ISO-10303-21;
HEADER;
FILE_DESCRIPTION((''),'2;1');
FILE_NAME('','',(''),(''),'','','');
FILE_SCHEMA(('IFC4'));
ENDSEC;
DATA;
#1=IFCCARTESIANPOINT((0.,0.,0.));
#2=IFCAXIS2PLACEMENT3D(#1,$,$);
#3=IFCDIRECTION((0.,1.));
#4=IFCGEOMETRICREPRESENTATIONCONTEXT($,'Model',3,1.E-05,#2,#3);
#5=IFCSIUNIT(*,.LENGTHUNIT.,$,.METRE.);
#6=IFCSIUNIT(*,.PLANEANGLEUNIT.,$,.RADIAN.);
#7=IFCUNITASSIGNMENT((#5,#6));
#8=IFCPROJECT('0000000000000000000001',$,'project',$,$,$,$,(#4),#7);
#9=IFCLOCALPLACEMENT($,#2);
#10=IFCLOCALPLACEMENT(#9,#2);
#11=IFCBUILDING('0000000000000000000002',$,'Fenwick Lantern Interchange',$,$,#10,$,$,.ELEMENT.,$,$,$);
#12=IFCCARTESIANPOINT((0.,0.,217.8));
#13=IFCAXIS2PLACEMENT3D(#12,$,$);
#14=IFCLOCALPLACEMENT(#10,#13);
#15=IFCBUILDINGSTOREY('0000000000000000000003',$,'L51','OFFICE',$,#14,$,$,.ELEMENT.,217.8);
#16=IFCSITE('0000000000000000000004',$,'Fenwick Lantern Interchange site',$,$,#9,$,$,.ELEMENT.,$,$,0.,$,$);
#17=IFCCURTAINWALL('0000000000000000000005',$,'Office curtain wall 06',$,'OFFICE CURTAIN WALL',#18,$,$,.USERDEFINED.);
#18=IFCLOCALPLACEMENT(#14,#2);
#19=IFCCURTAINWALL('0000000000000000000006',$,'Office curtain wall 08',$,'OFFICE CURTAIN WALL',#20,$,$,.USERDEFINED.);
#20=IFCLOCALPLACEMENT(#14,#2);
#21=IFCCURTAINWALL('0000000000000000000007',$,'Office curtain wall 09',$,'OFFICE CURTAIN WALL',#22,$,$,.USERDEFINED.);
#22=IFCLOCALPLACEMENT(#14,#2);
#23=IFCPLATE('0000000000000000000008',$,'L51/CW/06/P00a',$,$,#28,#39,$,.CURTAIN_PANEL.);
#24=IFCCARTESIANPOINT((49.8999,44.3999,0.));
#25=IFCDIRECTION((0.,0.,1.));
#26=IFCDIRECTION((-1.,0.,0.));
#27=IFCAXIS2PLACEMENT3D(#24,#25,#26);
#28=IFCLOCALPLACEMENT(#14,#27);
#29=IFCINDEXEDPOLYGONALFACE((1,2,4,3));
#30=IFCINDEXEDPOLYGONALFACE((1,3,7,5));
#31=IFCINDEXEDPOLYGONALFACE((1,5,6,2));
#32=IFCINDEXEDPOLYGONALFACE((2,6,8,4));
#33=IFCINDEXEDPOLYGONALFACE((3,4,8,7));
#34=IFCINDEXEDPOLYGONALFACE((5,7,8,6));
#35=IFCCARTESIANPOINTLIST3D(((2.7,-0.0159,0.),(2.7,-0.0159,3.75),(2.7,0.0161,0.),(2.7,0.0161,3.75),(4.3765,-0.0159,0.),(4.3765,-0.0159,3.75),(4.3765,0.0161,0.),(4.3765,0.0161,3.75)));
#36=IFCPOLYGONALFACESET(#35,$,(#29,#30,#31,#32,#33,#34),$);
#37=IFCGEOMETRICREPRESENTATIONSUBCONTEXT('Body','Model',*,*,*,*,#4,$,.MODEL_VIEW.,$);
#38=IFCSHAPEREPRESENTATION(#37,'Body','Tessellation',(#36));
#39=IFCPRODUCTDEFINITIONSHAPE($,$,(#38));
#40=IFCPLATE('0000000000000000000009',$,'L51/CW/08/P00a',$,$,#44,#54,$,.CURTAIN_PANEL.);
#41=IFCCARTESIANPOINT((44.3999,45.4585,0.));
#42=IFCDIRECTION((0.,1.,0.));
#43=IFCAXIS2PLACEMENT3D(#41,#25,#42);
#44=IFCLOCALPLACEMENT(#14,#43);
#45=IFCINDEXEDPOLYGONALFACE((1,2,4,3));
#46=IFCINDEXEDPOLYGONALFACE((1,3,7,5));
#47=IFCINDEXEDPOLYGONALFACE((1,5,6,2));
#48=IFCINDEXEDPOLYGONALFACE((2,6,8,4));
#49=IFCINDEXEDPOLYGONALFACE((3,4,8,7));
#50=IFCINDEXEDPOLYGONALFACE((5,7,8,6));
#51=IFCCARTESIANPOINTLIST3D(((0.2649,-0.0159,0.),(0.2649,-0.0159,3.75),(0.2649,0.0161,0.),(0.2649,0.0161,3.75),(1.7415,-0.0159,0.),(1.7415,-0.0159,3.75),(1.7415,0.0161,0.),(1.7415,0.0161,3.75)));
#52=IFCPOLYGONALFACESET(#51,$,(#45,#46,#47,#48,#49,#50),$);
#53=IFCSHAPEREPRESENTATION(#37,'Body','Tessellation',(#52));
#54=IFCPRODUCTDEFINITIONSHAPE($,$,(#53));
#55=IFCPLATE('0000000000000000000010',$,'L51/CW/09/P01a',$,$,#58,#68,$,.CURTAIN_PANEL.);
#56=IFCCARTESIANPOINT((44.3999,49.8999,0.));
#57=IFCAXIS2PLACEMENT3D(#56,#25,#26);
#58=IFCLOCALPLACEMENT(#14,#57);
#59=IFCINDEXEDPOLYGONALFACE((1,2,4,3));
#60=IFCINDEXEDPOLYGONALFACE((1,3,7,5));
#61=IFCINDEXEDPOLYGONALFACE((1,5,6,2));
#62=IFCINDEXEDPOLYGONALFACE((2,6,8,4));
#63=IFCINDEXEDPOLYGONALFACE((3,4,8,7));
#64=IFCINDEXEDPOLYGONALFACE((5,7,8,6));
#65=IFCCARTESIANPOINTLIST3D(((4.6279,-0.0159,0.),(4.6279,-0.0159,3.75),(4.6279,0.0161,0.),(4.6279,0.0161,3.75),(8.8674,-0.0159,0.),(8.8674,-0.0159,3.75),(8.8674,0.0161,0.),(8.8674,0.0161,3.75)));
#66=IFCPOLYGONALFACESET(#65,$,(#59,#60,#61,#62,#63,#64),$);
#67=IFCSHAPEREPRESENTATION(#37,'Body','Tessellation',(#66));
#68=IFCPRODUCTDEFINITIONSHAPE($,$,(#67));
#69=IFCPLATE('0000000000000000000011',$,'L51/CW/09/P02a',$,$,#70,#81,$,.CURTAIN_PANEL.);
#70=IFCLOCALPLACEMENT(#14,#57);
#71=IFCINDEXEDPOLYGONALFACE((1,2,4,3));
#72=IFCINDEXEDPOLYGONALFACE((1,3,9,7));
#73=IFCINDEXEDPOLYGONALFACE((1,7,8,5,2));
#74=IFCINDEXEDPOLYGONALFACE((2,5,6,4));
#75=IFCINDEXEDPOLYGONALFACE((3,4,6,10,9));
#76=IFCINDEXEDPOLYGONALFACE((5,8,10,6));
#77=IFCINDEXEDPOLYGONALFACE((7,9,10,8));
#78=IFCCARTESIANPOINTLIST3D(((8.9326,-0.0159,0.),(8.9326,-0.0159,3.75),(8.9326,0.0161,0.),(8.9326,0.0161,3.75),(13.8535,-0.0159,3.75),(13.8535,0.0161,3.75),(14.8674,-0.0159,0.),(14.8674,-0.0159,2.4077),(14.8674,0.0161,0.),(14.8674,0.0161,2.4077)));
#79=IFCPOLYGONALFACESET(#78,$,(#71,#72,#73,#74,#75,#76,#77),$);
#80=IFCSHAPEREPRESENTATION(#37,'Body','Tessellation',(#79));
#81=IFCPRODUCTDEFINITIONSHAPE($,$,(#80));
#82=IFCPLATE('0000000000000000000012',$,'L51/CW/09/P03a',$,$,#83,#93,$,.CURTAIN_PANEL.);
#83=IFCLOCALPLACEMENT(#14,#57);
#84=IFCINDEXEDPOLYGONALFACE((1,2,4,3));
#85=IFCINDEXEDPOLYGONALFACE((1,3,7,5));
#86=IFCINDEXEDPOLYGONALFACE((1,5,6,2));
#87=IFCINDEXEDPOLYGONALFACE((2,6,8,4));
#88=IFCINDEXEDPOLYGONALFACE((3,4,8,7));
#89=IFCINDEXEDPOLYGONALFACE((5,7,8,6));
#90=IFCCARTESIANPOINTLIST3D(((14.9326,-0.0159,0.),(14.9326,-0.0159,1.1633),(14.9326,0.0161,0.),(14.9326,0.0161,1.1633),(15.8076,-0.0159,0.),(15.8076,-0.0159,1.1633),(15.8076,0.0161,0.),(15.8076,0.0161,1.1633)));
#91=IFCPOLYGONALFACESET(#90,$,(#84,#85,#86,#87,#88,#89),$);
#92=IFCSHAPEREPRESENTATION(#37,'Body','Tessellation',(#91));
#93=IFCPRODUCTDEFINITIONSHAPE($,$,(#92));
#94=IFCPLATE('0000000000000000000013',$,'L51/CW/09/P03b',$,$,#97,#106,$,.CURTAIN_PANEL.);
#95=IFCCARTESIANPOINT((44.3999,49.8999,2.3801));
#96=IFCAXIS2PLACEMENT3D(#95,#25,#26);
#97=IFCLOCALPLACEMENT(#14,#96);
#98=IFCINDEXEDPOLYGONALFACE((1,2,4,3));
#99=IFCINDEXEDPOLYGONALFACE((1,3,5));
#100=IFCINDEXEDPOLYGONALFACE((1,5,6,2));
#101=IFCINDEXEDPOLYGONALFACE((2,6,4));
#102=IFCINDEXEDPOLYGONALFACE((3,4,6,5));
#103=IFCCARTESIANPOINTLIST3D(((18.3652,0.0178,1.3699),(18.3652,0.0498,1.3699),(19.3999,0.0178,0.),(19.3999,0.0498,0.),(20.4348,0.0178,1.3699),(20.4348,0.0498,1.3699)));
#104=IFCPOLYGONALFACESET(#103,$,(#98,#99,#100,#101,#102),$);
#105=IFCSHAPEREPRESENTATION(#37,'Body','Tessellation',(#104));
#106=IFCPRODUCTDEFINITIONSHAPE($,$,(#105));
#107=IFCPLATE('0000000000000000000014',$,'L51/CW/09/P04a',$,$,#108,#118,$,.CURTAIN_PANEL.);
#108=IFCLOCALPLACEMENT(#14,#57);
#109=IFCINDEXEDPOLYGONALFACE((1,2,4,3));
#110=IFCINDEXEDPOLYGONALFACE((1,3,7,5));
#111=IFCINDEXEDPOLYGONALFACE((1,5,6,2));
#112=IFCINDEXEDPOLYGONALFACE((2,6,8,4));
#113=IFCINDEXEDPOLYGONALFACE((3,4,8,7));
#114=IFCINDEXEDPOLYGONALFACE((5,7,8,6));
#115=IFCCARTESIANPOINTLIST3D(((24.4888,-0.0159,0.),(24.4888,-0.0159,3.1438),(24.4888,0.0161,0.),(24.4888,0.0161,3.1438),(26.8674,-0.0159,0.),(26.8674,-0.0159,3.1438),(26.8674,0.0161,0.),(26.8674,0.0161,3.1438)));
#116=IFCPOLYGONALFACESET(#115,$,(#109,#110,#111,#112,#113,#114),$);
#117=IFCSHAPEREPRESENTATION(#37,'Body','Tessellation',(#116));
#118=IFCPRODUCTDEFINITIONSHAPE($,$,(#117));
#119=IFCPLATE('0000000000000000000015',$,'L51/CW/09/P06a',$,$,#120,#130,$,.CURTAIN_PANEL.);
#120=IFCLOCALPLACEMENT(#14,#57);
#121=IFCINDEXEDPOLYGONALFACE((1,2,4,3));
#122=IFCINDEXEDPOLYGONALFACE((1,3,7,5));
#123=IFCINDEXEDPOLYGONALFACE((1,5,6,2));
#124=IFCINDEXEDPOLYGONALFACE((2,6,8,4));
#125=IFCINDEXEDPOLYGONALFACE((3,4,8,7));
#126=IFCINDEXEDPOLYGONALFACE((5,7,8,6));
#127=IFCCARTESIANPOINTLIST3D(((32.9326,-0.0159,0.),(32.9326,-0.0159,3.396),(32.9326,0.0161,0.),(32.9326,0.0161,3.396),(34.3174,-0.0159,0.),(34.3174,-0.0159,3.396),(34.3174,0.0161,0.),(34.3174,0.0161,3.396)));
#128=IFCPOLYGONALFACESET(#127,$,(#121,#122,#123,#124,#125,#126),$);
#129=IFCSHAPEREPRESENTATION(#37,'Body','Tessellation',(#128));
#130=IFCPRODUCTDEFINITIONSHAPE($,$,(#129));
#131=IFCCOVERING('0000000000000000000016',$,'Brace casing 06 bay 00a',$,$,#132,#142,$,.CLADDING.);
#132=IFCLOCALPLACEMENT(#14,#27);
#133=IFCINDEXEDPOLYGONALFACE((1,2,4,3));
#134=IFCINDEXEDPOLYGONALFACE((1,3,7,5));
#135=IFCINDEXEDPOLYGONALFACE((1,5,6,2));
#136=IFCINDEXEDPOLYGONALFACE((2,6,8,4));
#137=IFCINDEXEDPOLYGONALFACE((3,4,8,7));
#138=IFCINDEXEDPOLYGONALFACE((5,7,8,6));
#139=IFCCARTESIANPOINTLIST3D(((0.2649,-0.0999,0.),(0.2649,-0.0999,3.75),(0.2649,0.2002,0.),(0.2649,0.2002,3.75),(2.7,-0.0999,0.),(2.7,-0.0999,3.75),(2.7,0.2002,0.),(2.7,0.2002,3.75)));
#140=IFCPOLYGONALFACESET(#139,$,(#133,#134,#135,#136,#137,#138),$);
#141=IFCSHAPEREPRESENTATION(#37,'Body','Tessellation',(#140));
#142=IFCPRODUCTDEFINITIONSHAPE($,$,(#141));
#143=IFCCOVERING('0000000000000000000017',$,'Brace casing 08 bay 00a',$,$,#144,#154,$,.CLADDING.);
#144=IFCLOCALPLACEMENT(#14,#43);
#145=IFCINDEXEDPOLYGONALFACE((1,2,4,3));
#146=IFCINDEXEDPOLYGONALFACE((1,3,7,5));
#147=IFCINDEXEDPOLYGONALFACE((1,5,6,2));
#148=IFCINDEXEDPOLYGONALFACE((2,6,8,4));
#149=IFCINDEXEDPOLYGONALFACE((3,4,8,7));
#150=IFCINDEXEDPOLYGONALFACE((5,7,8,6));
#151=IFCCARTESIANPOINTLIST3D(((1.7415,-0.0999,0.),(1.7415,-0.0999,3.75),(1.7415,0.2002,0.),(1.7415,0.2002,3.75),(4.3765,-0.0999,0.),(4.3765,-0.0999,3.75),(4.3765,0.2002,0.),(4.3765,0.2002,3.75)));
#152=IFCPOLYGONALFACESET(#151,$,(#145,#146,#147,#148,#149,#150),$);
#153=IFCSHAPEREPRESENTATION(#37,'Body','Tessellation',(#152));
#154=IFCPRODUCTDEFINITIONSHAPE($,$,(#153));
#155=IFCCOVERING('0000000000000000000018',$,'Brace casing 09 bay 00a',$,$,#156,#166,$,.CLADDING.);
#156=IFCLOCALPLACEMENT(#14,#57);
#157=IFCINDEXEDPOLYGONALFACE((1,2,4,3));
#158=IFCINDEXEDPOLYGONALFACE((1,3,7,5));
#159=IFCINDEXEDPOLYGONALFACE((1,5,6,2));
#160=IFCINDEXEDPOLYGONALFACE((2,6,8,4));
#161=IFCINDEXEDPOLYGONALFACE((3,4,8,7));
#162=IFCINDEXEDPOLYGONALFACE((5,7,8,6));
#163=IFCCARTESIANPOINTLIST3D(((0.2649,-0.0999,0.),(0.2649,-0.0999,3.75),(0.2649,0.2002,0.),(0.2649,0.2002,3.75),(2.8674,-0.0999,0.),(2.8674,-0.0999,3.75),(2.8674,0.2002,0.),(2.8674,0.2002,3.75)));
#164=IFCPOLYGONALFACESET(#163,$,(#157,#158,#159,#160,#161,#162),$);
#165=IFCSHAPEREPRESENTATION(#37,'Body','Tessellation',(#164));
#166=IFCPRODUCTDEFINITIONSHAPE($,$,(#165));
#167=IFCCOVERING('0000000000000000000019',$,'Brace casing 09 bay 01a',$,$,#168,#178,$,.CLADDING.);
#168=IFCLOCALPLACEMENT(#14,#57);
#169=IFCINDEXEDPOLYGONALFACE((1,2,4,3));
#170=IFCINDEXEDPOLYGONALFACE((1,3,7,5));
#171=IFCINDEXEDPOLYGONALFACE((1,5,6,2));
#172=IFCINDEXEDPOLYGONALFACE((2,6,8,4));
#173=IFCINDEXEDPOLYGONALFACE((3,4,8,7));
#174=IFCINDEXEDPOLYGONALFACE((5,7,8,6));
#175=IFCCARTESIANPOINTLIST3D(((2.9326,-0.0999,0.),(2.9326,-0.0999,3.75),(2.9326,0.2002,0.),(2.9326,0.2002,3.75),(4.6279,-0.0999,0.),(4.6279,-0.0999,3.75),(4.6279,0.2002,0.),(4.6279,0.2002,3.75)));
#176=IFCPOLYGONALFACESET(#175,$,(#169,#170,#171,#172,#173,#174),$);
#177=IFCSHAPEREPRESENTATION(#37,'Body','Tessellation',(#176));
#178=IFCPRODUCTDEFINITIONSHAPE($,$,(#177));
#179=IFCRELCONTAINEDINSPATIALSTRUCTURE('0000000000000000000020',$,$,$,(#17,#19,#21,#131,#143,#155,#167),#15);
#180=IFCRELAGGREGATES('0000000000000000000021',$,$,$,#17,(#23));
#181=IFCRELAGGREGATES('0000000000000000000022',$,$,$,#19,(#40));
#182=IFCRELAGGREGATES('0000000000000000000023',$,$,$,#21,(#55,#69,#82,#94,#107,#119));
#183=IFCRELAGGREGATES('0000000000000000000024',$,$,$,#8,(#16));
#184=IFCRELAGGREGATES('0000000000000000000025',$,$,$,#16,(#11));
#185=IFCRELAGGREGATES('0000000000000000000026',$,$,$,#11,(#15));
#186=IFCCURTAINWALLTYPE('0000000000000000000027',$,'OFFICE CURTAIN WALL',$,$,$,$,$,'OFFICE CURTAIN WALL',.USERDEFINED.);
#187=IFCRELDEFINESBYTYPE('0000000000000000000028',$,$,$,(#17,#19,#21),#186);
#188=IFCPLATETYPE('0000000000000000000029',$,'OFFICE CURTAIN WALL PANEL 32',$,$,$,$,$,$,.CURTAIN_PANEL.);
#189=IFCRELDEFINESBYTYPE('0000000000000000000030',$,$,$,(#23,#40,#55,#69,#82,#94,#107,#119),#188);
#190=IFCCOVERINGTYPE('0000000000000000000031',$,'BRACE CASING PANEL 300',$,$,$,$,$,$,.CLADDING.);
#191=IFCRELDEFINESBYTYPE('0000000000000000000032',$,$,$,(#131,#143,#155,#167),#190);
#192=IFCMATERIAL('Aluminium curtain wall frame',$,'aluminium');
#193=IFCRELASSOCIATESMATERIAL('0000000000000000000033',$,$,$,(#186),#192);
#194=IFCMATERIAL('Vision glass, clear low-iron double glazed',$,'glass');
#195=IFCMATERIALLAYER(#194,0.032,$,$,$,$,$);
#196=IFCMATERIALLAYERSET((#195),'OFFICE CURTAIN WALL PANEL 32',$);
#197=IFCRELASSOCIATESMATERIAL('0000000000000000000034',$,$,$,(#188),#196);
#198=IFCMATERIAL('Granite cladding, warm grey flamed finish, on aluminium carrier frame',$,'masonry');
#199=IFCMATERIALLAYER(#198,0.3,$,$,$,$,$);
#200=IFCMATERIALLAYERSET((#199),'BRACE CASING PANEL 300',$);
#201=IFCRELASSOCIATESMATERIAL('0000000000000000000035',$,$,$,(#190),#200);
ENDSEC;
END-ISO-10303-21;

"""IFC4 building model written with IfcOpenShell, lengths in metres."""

from ifc_helpers import new_model, si_unit, direction, frame, origin, place, context, subcontext, project, spatial, polyline, outline, extrude, material, layer, layer_set, type_object, element, aggregate, save


model = new_model("IFC4")

# Units and contexts
model_context = context("Model", 3, precision=1e-05, world=origin(), true_north=direction((0.0, 1.0)))
body_context = subcontext(model_context, "Body", "Model", "MODEL_VIEW")
ifc_project = project(units=[si_unit("LENGTHUNIT", "METRE"), si_unit("PLANEANGLEUNIT", "RADIAN")], contexts=[model_context])

# Site, building, storey
site_placement = place(None, origin())
site = spatial("IfcSite", under=ifc_project, at=site_placement, Name="Fenwick Lantern Interchange site", CompositionType="ELEMENT", RefElevation=0.0)
building_placement = place(site_placement, origin())
building = spatial("IfcBuilding", under=site, at=building_placement, Name="Fenwick Lantern Interchange", CompositionType="ELEMENT")
storey_placement = place(building_placement, frame((0.0, 0.0, 217.8)))
storey = spatial("IfcBuildingStorey", under=building, at=storey_placement, Name="L51", Description="OFFICE", CompositionType="ELEMENT", Elevation=217.8)

# Curtain walls
ifc_material_1 = material(Name="Aluminium curtain wall frame", Category="aluminium")
curtain_wall_type = type_object("IfcCurtainWallType", Name="OFFICE CURTAIN WALL", ElementType="OFFICE CURTAIN WALL", PredefinedType="USERDEFINED", material=ifc_material_1)
curtain_wall_1_placement = place(storey_placement, origin())
curtain_wall_1 = element("IfcCurtainWall", 1, at=curtain_wall_1_placement, inside=storey, type_object=curtain_wall_type, Name="Office curtain wall 06", ObjectType="OFFICE CURTAIN WALL", PredefinedType="USERDEFINED")
curtain_wall_2_placement = place(storey_placement, origin())
curtain_wall_2 = element("IfcCurtainWall", 2, at=curtain_wall_2_placement, inside=storey, type_object=curtain_wall_type, Name="Office curtain wall 08", ObjectType="OFFICE CURTAIN WALL", PredefinedType="USERDEFINED")

# Curtain wall
curtain_wall_3_placement = place(storey_placement, origin())
curtain_wall_3 = element("IfcCurtainWall", 3, at=curtain_wall_3_placement, inside=storey, type_object=curtain_wall_type, Name="Office curtain wall 09", ObjectType="OFFICE CURTAIN WALL", PredefinedType="USERDEFINED")

# Plates
ifc_material_2 = material(Name="Vision glass, clear low-iron double glazed", Category="glass")
ifc_layer_1 = layer(ifc_material_2, 0.032)
ifc_layer_set_1 = layer_set([ifc_layer_1], Name="OFFICE CURTAIN WALL PANEL 32")
plate_type = type_object("IfcPlateType", Name="OFFICE CURTAIN WALL PANEL 32", PredefinedType="CURTAIN_PANEL", material=ifc_layer_set_1)
plate_1_placement = place(storey_placement, frame((49.8999, 44.3999, 0.0), z_axis=(0.0, 0.0, 1.0), x_axis=(-1.0, 0.0, 0.0)))
plate_1 = element("IfcPlate", 4, at=plate_1_placement, type_object=plate_type, Name="L51/CW/06/P00a", PredefinedType="CURTAIN_PANEL", context=body_context, shape_type="SweptSolid", body=[
    extrude(outline(polyline([(2.7, 0.0), (4.3765, 0.0), (4.3765, 3.75), (2.7, 3.75), (2.7, 0.0)])), frame((0.0, 0.0161, 0.0), z_axis=(0.0, -1.0, 0.0), x_axis=(1.0, 0.0, 0.0)), (0.0, 0.0, 1.0), 0.032),
])
aggregate(curtain_wall_1, [plate_1])
plate_2_placement = place(storey_placement, frame((44.3999, 45.4585, 0.0), z_axis=(0.0, 0.0, 1.0), x_axis=(0.0, 1.0, 0.0)))
plate_2 = element("IfcPlate", 5, at=plate_2_placement, type_object=plate_type, Name="L51/CW/08/P00a", PredefinedType="CURTAIN_PANEL", context=body_context, shape_type="SweptSolid", body=[
    extrude(outline(polyline([(0.2649, 0.0), (1.7415, 0.0), (1.7415, 3.75), (0.2649, 3.75), (0.2649, 0.0)])), frame((0.0, 0.0161, 0.0), z_axis=(0.0, -1.0, 0.0), x_axis=(1.0, 0.0, 0.0)), (0.0, 0.0, 1.0), 0.032),
])
aggregate(curtain_wall_2, [plate_2])
plate_3_placement = place(storey_placement, frame((44.3999, 49.8999, 0.0), z_axis=(0.0, 0.0, 1.0), x_axis=(-1.0, 0.0, 0.0)))
plate_3 = element("IfcPlate", 6, at=plate_3_placement, type_object=plate_type, Name="L51/CW/09/P01a", PredefinedType="CURTAIN_PANEL", context=body_context, shape_type="SweptSolid", body=[
    extrude(outline(polyline([(4.6279, 0.0), (8.8674, 0.0), (8.8674, 3.75), (4.6279, 3.75), (4.6279, 0.0)])), frame((0.0, 0.0161, 0.0), z_axis=(0.0, -1.0, 0.0), x_axis=(1.0, 0.0, 0.0)), (0.0, 0.0, 1.0), 0.032),
])
plate_4_placement = place(storey_placement, frame((44.3999, 49.8999, 0.0), z_axis=(0.0, 0.0, 1.0), x_axis=(-1.0, 0.0, 0.0)))
plate_4 = element("IfcPlate", 7, at=plate_4_placement, type_object=plate_type, Name="L51/CW/09/P02a", PredefinedType="CURTAIN_PANEL", context=body_context, shape_type="SweptSolid", body=[
    extrude(outline(polyline([(8.9326, 0.0), (14.8674, 0.0), (14.8674, 2.4077), (13.8535, 3.75), (8.9326, 3.75), (8.9326, 0.0)])), frame((0.0, 0.0161, 0.0), z_axis=(0.0, -1.0, 0.0), x_axis=(1.0, 0.0, 0.0)), (0.0, 0.0, 1.0), 0.032),
])
plate_5_placement = place(storey_placement, frame((44.3999, 49.8999, 0.0), z_axis=(0.0, 0.0, 1.0), x_axis=(-1.0, 0.0, 0.0)))
plate_5 = element("IfcPlate", 8, at=plate_5_placement, type_object=plate_type, Name="L51/CW/09/P03a", PredefinedType="CURTAIN_PANEL", context=body_context, shape_type="SweptSolid", body=[
    extrude(outline(polyline([(14.9326, 0.0), (15.8076, 0.0), (15.8076, 1.1633), (14.9326, 1.1633), (14.9326, 0.0)])), frame((0.0, 0.0161, 0.0), z_axis=(0.0, -1.0, 0.0), x_axis=(1.0, 0.0, 0.0)), (0.0, 0.0, 1.0), 0.032),
])
plate_6_placement = place(storey_placement, frame((44.3999, 49.8999, 2.3801), z_axis=(0.0, 0.0, 1.0), x_axis=(-1.0, 0.0, 0.0)))
plate_6 = element("IfcPlate", 9, at=plate_6_placement, type_object=plate_type, Name="L51/CW/09/P03b", PredefinedType="CURTAIN_PANEL", context=body_context, shape_type="SweptSolid", body=[
    extrude(outline(polyline([(19.3999, 0.0), (20.4348, 1.3699), (18.3652, 1.3699), (19.3999, 0.0)])), frame((0.0, 0.0498, 0.0), z_axis=(0.0, -1.0, 0.0), x_axis=(1.0, 0.0, 0.0)), (0.0, 0.0, 1.0), 0.032),
])
plate_7_placement = place(storey_placement, frame((44.3999, 49.8999, 0.0), z_axis=(0.0, 0.0, 1.0), x_axis=(-1.0, 0.0, 0.0)))
plate_7 = element("IfcPlate", 10, at=plate_7_placement, type_object=plate_type, Name="L51/CW/09/P04a", PredefinedType="CURTAIN_PANEL", context=body_context, shape_type="SweptSolid", body=[
    extrude(outline(polyline([(24.4888, 0.0), (26.8674, 0.0), (26.8674, 3.1438), (24.4888, 3.1438), (24.4888, 0.0)])), frame((0.0, 0.0161, 0.0), z_axis=(0.0, -1.0, 0.0), x_axis=(1.0, 0.0, 0.0)), (0.0, 0.0, 1.0), 0.032),
])
plate_8_placement = place(storey_placement, frame((44.3999, 49.8999, 0.0), z_axis=(0.0, 0.0, 1.0), x_axis=(-1.0, 0.0, 0.0)))
plate_8 = element("IfcPlate", 11, at=plate_8_placement, type_object=plate_type, Name="L51/CW/09/P06a", PredefinedType="CURTAIN_PANEL", context=body_context, shape_type="SweptSolid", body=[
    extrude(outline(polyline([(32.9326, 0.0), (34.3174, 0.0), (34.3174, 3.396), (32.9326, 3.396), (32.9326, 0.0)])), frame((0.0, 0.0161, 0.0), z_axis=(0.0, -1.0, 0.0), x_axis=(1.0, 0.0, 0.0)), (0.0, 0.0, 1.0), 0.032),
])
aggregate(curtain_wall_3, [plate_3, plate_4, plate_5, plate_6, plate_7, plate_8])

# Coverings
ifc_material_3 = material(Name="Granite cladding, warm grey flamed finish, on aluminium carrier frame", Category="masonry")
ifc_layer_2 = layer(ifc_material_3, 0.3)
ifc_layer_set_2 = layer_set([ifc_layer_2], Name="BRACE CASING PANEL 300")
covering_type = type_object("IfcCoveringType", Name="BRACE CASING PANEL 300", PredefinedType="CLADDING", material=ifc_layer_set_2)
covering_1_placement = place(storey_placement, frame((49.8999, 44.3999, 0.0), z_axis=(0.0, 0.0, 1.0), x_axis=(-1.0, 0.0, 0.0)))
element("IfcCovering", 12, at=covering_1_placement, inside=storey, type_object=covering_type, Name="Brace casing 06 bay 00a", PredefinedType="CLADDING", context=body_context, shape_type="SweptSolid", body=[
    extrude(outline(polyline([(0.2649, 0.0), (2.7, 0.0), (2.7, 3.75), (0.2649, 3.75), (0.2649, 0.0)])), frame((0.0, 0.2002, 0.0), z_axis=(0.0, -1.0, 0.0), x_axis=(1.0, 0.0, 0.0)), (0.0, 0.0, 1.0), 0.3),
])
covering_2_placement = place(storey_placement, frame((44.3999, 45.4585, 0.0), z_axis=(0.0, 0.0, 1.0), x_axis=(0.0, 1.0, 0.0)))
element("IfcCovering", 13, at=covering_2_placement, inside=storey, type_object=covering_type, Name="Brace casing 08 bay 00a", PredefinedType="CLADDING", context=body_context, shape_type="SweptSolid", body=[
    extrude(outline(polyline([(1.7415, 0.0), (4.3765, 0.0), (4.3765, 3.75), (1.7415, 3.75), (1.7415, 0.0)])), frame((0.0, 0.2002, 0.0), z_axis=(0.0, -1.0, 0.0), x_axis=(1.0, 0.0, 0.0)), (0.0, 0.0, 1.0), 0.3),
])
covering_3_placement = place(storey_placement, frame((44.3999, 49.8999, 0.0), z_axis=(0.0, 0.0, 1.0), x_axis=(-1.0, 0.0, 0.0)))
element("IfcCovering", 14, at=covering_3_placement, inside=storey, type_object=covering_type, Name="Brace casing 09 bay 00a", PredefinedType="CLADDING", context=body_context, shape_type="SweptSolid", body=[
    extrude(outline(polyline([(0.2649, 0.0), (2.8674, 0.0), (2.8674, 3.75), (0.2649, 3.75), (0.2649, 0.0)])), frame((0.0, 0.2002, 0.0), z_axis=(0.0, -1.0, 0.0), x_axis=(1.0, 0.0, 0.0)), (0.0, 0.0, 1.0), 0.3),
])
covering_4_placement = place(storey_placement, frame((44.3999, 49.8999, 0.0), z_axis=(0.0, 0.0, 1.0), x_axis=(-1.0, 0.0, 0.0)))
element("IfcCovering", 15, at=covering_4_placement, inside=storey, type_object=covering_type, Name="Brace casing 09 bay 01a", PredefinedType="CLADDING", context=body_context, shape_type="SweptSolid", body=[
    extrude(outline(polyline([(2.9326, 0.0), (4.6279, 0.0), (4.6279, 3.75), (2.9326, 3.75), (2.9326, 0.0)])), frame((0.0, 0.2002, 0.0), z_axis=(0.0, -1.0, 0.0), x_axis=(1.0, 0.0, 0.0)), (0.0, 0.0, 1.0), 0.3),
])

save(model, "model.ifc")
